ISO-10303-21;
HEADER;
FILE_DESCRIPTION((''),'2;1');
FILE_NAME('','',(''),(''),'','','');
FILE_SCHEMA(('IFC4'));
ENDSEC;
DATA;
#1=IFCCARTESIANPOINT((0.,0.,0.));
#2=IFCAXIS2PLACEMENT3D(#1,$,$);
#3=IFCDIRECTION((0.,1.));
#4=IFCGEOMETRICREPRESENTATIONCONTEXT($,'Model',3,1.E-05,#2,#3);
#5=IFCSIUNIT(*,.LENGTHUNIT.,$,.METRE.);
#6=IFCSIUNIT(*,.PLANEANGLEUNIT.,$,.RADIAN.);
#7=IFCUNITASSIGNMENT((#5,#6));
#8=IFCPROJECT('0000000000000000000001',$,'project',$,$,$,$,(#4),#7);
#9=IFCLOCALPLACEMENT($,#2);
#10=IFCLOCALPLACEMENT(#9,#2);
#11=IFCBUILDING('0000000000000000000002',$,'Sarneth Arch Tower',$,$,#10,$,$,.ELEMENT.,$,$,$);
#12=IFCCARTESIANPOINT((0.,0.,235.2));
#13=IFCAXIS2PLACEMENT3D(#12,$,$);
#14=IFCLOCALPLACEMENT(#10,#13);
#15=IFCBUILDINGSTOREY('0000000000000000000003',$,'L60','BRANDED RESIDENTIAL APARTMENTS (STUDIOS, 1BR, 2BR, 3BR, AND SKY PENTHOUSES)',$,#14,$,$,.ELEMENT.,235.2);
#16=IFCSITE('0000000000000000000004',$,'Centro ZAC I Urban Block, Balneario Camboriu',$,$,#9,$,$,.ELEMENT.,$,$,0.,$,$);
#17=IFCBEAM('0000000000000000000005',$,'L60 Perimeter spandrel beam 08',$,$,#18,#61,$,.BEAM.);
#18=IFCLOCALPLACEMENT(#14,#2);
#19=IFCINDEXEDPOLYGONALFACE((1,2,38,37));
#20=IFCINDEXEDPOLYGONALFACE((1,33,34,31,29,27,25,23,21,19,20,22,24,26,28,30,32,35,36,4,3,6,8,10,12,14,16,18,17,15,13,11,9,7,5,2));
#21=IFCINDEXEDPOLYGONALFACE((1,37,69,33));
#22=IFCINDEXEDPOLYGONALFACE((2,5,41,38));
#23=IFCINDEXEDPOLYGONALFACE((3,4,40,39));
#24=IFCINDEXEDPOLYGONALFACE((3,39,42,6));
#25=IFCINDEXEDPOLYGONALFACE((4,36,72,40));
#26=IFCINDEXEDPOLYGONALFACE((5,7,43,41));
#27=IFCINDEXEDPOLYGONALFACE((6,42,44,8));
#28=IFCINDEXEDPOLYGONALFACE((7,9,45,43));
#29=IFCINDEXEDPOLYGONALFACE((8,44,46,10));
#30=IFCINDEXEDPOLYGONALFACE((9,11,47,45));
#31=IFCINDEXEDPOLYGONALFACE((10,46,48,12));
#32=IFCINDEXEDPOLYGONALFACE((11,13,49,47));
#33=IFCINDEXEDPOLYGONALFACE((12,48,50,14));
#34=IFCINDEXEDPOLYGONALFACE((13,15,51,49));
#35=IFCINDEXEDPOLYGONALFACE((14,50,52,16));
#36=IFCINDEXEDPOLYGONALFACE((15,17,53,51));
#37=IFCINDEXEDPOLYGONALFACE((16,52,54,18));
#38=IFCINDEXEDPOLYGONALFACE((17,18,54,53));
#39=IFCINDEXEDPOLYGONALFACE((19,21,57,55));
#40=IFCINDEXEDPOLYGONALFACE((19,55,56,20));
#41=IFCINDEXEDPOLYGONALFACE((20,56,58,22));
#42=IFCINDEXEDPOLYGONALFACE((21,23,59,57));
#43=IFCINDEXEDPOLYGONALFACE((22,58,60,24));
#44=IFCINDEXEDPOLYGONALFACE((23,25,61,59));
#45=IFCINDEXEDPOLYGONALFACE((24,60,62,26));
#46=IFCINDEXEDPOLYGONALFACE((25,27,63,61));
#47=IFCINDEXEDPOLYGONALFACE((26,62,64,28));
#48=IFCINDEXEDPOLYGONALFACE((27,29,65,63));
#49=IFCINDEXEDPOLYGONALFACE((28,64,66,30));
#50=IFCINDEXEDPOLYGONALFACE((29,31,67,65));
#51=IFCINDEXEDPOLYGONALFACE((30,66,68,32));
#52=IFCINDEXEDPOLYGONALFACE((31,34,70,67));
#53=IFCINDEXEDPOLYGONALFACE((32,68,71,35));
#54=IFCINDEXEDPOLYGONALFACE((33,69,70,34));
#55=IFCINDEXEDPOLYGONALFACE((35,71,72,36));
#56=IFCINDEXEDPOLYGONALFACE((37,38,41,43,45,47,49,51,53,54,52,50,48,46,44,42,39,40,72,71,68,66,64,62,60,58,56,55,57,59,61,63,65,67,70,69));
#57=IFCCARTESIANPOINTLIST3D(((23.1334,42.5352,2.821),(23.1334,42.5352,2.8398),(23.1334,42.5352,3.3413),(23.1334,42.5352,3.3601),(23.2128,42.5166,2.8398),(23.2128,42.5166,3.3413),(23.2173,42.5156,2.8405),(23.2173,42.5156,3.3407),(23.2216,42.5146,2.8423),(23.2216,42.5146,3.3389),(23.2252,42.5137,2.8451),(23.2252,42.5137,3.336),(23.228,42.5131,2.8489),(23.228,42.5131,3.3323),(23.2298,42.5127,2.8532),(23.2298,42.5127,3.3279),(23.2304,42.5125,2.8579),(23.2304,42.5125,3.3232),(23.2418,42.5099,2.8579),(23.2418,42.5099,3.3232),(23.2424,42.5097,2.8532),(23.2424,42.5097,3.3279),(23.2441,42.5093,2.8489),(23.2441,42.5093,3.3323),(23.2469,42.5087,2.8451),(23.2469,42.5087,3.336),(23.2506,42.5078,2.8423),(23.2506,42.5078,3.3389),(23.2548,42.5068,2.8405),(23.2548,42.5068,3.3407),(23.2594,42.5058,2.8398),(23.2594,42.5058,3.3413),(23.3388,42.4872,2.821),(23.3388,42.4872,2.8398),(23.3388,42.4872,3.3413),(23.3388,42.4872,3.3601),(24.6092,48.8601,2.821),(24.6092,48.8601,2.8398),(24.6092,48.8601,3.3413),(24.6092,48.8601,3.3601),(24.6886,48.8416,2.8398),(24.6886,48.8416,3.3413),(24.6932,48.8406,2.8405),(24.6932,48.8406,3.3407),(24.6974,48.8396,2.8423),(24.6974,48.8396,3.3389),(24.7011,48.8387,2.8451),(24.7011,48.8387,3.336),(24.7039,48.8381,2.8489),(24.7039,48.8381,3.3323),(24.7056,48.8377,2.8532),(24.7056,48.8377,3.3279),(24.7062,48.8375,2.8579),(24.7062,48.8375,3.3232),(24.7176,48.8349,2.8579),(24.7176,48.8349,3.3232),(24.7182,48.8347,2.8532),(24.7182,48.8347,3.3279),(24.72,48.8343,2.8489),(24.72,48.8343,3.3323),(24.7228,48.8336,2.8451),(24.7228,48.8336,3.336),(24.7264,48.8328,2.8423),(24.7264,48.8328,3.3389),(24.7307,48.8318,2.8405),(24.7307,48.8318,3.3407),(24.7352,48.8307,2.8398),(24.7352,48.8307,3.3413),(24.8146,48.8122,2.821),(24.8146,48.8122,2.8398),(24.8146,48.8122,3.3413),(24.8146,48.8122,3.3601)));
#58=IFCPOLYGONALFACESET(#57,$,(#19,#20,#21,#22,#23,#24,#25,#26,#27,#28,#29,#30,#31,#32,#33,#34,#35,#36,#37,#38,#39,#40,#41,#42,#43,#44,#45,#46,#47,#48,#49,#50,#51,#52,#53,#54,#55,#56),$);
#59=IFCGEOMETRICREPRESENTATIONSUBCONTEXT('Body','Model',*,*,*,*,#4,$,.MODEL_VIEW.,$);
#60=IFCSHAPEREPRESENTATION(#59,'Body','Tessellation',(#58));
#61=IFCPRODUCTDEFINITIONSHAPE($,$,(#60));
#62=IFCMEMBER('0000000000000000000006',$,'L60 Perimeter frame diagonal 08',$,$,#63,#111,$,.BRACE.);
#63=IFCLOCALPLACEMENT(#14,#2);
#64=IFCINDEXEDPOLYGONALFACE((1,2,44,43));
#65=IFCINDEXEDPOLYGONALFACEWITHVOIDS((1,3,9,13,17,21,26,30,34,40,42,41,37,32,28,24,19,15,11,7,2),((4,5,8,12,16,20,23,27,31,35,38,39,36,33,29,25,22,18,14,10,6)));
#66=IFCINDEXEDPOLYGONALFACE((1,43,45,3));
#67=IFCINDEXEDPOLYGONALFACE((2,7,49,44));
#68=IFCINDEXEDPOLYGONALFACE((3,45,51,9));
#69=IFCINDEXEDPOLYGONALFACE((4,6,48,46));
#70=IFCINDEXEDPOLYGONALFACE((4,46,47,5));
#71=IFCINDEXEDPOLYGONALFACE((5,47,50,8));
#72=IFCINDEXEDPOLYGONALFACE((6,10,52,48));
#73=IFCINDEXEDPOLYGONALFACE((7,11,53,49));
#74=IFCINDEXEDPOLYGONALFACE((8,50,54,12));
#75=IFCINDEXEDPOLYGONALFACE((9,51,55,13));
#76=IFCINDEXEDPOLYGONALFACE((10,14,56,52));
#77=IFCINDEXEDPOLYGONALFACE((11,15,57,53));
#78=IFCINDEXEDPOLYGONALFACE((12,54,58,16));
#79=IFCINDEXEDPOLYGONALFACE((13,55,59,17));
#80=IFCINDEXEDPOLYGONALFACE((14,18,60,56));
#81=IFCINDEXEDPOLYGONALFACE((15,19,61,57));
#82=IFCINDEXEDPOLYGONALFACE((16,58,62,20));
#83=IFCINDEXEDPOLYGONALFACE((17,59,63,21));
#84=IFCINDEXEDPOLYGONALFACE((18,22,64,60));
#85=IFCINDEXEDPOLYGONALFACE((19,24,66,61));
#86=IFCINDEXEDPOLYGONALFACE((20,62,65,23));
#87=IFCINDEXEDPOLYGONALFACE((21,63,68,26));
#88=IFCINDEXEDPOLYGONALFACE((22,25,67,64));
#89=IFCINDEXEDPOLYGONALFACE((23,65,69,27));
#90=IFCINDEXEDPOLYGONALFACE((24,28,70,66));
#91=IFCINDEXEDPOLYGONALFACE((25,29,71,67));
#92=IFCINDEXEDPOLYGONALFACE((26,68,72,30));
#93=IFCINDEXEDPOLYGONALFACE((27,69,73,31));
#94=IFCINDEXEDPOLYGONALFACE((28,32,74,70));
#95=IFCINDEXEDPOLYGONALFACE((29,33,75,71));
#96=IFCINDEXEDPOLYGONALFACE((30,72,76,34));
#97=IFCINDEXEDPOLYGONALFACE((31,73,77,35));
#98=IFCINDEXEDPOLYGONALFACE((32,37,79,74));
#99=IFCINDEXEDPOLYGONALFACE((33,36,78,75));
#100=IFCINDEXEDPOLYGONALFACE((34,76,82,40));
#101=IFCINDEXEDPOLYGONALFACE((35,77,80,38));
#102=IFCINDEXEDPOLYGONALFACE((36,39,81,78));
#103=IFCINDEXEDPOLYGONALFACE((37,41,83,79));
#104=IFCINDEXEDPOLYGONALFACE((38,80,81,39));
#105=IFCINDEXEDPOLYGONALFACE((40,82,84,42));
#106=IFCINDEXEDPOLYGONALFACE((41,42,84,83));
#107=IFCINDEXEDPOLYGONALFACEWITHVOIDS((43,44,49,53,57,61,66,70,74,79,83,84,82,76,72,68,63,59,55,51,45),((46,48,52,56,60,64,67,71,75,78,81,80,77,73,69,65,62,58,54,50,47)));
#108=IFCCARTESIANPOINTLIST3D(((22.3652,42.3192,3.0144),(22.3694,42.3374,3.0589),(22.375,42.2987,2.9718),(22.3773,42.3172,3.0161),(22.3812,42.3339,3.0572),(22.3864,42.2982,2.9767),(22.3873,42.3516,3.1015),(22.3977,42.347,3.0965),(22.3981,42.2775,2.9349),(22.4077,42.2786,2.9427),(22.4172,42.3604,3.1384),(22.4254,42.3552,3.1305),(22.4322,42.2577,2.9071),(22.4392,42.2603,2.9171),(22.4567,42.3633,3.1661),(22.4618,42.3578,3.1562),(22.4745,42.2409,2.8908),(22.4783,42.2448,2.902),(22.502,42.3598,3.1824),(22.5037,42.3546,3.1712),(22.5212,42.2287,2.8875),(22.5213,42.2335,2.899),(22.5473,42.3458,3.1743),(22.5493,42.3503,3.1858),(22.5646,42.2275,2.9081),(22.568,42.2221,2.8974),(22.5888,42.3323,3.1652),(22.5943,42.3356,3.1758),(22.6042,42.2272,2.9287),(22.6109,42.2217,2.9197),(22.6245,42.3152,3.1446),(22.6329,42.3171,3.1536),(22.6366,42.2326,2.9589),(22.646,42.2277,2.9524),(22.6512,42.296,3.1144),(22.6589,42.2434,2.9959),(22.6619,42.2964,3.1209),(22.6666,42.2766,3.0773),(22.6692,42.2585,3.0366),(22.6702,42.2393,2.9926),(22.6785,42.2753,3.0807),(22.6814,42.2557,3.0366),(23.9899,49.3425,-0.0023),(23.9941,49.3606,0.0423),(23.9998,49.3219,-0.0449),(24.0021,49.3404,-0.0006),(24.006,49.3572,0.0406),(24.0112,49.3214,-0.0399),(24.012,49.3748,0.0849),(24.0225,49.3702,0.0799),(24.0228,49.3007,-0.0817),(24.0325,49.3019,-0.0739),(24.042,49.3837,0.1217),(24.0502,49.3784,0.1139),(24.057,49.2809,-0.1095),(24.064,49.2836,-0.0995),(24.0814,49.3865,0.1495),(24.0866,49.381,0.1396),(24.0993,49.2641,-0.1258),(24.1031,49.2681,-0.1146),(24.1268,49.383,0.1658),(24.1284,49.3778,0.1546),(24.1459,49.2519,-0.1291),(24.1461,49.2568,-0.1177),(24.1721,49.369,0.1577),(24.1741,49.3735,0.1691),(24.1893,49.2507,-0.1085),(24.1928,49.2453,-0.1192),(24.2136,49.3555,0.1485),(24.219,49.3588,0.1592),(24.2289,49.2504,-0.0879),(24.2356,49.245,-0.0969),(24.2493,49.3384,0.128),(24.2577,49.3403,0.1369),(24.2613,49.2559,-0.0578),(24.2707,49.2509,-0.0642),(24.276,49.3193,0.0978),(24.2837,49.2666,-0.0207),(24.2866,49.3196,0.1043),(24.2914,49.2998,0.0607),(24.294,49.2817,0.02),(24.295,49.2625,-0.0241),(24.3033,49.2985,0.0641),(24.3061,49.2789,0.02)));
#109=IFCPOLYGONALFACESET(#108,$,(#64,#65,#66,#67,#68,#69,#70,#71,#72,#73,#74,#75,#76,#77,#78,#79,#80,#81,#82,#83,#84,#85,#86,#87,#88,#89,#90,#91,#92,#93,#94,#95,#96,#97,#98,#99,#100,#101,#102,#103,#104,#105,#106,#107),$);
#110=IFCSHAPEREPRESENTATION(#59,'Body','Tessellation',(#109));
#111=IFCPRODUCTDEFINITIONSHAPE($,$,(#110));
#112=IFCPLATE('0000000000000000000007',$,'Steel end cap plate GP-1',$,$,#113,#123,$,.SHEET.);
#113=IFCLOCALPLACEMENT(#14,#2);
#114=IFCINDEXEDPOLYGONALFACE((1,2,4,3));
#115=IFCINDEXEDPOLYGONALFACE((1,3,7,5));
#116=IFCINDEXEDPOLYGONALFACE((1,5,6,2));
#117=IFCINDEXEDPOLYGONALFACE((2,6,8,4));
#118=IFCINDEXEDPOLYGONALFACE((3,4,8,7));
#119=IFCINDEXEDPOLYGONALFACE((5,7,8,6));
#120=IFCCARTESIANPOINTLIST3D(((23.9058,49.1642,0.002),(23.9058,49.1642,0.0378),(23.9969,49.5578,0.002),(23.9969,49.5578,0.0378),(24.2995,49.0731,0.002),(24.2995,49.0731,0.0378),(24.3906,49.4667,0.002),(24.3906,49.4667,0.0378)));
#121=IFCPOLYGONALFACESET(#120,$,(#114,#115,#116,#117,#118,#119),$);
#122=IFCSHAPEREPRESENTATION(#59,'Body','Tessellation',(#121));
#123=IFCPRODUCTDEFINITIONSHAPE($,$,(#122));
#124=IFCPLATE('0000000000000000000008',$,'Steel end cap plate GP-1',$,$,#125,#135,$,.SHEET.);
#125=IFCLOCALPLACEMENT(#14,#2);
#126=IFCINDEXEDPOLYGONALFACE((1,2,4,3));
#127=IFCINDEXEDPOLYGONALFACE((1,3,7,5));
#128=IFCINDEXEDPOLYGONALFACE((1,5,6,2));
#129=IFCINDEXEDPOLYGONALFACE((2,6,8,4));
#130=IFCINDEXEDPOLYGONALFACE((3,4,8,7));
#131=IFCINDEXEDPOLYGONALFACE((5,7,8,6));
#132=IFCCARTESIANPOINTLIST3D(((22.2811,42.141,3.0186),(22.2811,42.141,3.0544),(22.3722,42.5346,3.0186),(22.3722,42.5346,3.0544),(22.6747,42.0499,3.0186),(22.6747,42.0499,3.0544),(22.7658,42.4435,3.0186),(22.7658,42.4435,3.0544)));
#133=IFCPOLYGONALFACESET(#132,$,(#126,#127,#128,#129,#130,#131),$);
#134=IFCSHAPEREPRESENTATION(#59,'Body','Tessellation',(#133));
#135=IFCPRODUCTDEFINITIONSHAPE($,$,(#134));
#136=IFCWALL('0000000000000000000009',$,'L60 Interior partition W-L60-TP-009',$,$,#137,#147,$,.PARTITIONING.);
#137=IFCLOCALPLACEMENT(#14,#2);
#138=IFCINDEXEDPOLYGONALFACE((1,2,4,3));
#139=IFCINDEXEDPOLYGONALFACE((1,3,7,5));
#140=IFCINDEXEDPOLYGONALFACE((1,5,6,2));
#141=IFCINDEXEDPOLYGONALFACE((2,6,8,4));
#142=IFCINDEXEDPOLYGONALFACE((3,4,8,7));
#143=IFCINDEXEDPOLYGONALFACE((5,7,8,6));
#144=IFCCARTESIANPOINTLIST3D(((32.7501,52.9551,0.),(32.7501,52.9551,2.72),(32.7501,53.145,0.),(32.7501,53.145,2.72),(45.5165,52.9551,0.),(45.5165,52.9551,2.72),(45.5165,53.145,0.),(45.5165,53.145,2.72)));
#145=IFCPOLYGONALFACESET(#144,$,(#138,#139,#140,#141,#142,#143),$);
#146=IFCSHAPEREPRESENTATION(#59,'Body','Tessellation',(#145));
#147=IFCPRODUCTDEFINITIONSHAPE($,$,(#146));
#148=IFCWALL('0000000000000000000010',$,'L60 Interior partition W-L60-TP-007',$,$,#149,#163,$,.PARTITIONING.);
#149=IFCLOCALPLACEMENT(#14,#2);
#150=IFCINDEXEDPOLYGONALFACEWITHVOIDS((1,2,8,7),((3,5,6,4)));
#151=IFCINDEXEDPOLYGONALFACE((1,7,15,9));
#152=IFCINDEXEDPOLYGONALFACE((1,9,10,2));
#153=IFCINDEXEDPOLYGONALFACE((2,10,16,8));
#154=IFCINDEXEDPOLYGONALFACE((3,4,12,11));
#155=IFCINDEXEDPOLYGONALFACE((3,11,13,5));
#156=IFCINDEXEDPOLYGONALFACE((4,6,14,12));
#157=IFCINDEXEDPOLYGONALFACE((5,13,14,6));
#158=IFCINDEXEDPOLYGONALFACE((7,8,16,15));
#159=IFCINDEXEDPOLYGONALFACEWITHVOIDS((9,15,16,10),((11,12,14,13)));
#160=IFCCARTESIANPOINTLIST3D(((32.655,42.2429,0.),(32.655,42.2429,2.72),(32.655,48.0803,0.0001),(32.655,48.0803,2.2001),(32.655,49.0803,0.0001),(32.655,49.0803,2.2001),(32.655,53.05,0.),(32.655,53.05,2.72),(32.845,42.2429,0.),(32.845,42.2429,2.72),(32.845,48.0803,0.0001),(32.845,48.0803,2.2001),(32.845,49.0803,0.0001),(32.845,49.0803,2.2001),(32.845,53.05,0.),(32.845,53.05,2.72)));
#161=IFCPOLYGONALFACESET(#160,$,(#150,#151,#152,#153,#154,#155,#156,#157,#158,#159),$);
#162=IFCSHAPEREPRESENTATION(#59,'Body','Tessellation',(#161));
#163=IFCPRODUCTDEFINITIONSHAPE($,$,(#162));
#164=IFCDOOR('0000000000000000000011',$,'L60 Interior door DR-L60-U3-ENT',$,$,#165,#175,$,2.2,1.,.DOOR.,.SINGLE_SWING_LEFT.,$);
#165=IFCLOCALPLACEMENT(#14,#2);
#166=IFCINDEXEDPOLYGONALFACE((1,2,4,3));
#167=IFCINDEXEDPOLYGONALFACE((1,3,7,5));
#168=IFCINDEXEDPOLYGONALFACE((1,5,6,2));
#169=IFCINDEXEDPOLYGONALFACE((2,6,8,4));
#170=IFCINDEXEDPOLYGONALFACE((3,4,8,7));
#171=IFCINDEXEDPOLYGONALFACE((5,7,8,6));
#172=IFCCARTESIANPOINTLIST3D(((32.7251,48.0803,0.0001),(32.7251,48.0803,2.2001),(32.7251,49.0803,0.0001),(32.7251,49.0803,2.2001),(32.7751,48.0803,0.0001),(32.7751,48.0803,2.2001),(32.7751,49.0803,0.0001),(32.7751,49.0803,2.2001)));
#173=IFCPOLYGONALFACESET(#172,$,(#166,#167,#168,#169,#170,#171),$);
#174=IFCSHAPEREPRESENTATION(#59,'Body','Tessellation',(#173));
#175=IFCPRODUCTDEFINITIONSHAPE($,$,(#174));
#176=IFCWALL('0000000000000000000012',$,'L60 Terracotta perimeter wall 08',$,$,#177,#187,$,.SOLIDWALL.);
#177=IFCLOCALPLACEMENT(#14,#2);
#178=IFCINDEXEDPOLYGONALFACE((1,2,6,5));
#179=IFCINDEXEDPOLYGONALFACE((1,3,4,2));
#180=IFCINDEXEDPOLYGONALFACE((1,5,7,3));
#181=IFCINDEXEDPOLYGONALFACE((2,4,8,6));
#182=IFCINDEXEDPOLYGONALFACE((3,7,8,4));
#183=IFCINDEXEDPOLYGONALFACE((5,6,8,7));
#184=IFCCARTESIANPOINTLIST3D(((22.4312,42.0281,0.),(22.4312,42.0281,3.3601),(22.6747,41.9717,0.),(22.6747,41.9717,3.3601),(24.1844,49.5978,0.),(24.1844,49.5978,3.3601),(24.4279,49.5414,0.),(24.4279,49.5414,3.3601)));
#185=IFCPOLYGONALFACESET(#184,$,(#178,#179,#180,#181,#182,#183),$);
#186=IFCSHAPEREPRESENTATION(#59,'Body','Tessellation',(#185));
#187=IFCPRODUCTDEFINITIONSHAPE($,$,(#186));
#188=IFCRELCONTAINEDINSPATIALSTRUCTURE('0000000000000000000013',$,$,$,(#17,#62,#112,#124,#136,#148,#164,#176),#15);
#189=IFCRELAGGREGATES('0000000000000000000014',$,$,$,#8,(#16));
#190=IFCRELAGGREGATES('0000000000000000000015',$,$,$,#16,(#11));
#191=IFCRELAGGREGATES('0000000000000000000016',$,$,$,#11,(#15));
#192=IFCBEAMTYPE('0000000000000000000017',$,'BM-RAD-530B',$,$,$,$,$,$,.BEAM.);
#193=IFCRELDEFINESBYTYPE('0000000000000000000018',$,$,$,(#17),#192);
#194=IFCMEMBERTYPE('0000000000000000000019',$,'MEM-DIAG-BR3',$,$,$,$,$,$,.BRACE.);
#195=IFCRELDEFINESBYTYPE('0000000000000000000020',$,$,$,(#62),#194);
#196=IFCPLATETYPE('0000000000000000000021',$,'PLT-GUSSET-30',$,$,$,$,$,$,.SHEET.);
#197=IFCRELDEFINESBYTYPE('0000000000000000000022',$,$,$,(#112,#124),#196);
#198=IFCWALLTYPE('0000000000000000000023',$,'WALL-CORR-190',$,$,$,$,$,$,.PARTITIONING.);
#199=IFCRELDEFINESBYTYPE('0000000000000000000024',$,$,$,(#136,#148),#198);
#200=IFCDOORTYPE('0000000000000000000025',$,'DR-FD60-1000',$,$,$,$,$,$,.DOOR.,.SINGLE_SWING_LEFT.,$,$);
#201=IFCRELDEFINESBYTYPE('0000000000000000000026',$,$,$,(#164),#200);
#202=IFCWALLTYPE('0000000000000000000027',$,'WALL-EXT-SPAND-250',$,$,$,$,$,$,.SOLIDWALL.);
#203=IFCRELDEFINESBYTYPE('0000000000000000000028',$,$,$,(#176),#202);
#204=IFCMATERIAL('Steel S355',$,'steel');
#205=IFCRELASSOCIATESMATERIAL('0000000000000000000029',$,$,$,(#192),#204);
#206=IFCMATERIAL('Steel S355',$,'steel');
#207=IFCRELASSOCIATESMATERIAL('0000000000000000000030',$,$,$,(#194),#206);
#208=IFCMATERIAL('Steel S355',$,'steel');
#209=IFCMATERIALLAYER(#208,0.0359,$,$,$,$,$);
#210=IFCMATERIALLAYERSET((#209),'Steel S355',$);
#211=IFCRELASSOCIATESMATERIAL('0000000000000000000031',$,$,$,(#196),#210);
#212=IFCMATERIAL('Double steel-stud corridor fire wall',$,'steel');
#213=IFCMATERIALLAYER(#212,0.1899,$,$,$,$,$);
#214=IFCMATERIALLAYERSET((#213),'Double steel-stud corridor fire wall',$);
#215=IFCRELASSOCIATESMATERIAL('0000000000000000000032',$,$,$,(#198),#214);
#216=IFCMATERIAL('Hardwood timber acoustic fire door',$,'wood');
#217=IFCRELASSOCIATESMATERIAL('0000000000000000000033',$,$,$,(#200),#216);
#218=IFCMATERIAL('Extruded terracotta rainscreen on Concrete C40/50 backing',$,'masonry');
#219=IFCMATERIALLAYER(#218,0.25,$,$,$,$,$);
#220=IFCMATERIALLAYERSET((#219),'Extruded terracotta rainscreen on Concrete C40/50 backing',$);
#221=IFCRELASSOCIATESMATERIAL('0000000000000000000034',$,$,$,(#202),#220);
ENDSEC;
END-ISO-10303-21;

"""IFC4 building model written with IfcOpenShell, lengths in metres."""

from ifc_helpers import new_model, si_unit, direction, frame, frame_2d, origin, origin_2d, place, context, subcontext, project, spatial, rectangle, hollow_circle, i_section, extrude, material, layer, layer_set, material_profile, profile_set, type_object, element, fill, save


model = new_model("IFC4")

# Units and contexts
model_context = context("Model", 3, precision=1e-05, world=origin(), true_north=direction((0.0, 1.0)))
body_context = subcontext(model_context, "Body", "Model", "MODEL_VIEW")
ifc_project = project(units=[si_unit("LENGTHUNIT", "METRE"), si_unit("PLANEANGLEUNIT", "RADIAN")], contexts=[model_context])

# Site, building, storey
site_placement = place(None, origin())
site = spatial("IfcSite", under=ifc_project, at=site_placement, Name="Centro ZAC I Urban Block, Balneario Camboriu", CompositionType="ELEMENT", RefElevation=0.0)
building_placement = place(site_placement, origin())
building = spatial("IfcBuilding", under=site, at=building_placement, Name="Sarneth Arch Tower", CompositionType="ELEMENT")
storey_placement = place(building_placement, frame((0.0, 0.0, 235.2)))
storey = spatial("IfcBuildingStorey", under=building, at=storey_placement, Name="L60", Description="BRANDED RESIDENTIAL APARTMENTS (STUDIOS, 1BR, 2BR, 3BR, AND SKY PENTHOUSES)", CompositionType="ELEMENT", Elevation=235.2)

# Beam
ifc_material_1 = material(Name="Steel S355", Category="steel")
ifc_material_profile_1 = material_profile(ifc_material_1, i_section(OverallWidth=0.2109, OverallDepth=0.5391, WebThickness=0.0117, FlangeThickness=0.0188, FilletRadius=0.0181, at=origin_2d()), Name="W530x109")
ifc_profile_set_1 = profile_set([ifc_material_profile_1], Name="Steel S355")
beam_type_1 = type_object("IfcBeamType", Name="BM-RAD-530B", PredefinedType="BEAM", material=ifc_profile_set_1)
beam_1_placement = place(storey_placement, frame((24.7119, 48.8362, 3.0906), z_axis=(-0.227231, -0.973841, 0.0), x_axis=(0.973841, -0.227231, 0.0)))
element("IfcBeam", 1, at=beam_1_placement, inside=storey, type_object=beam_type_1, Name="L60 Perimeter spandrel beam 08", PredefinedType="BEAM", context=body_context, shape_type="SweptSolid", body=[
    extrude(i_section(OverallWidth=0.2109, OverallDepth=0.5391, WebThickness=0.0117, FlangeThickness=0.0188, FilletRadius=0.0181, at=origin_2d()), origin(), (0.0, 0.0, 1.0), 6.4949),
])

# Member
ifc_material_2 = material(Name="Steel S355", Category="steel")
ifc_material_profile_2 = material_profile(ifc_material_2, hollow_circle(Radius=0.1621, WallThickness=0.0125, at=origin_2d()), Name="CHS324x12.5")
ifc_profile_set_2 = profile_set([ifc_material_profile_2], Name="Steel S355")
member_type = type_object("IfcMemberType", Name="MEM-DIAG-BR3", PredefinedType="BRACE", material=ifc_profile_set_2)
member_placement = place(storey_placement, frame((24.1482, 49.3154, 0.02), z_axis=(-0.207918, -0.898749, 0.386031), x_axis=(0.974269, -0.225389, 0.0)))
element("IfcMember", 2, at=member_placement, inside=storey, type_object=member_type, Name="L60 Perimeter frame diagonal 08", PredefinedType="BRACE", context=body_context, shape_type="SweptSolid", body=[
    extrude(hollow_circle(Radius=0.1621, WallThickness=0.0125, at=origin_2d()), origin(), (0.0, 0.0, 1.0), 7.8145),
])

# Plates
ifc_material_3 = material(Name="Steel S355", Category="steel")
ifc_layer_1 = layer(ifc_material_3, 0.0359)
ifc_layer_set_1 = layer_set([ifc_layer_1], Name="Steel S355")
plate_type = type_object("IfcPlateType", Name="PLT-GUSSET-30", PredefinedType="SHEET", material=ifc_layer_set_1)
for number, where, z_axis, x_axis, name in (
    (3, (24.1482, 49.3154, 0.002), (0.0, 0.0, 1.0), (-0.225461, -0.974252, 0.0), "Steel end cap plate GP-1"),
    (4, (22.5234, 42.2922, 3.0186), (0.0, 0.0, 1.0), (-0.225461, -0.974252, 0.0), "Steel end cap plate GP-1"),
):
    element("IfcPlate", number, at=place(storey_placement, frame(where, z_axis=z_axis, x_axis=x_axis)), inside=storey, type_object=plate_type, Name=name, PredefinedType="SHEET", context=body_context, shape_type="SweptSolid", body=[
        extrude(rectangle(XDim=0.4041, YDim=0.4041, at=origin_2d()), origin(), (0.0, 0.0, 1.0), 0.0359),
    ])

# Wall
ifc_material_4 = material(Name="Double steel-stud corridor fire wall", Category="steel")
ifc_layer_2 = layer(ifc_material_4, 0.1899)
ifc_layer_set_2 = layer_set([ifc_layer_2], Name="Double steel-stud corridor fire wall")
wall_type_1 = type_object("IfcWallType", Name="WALL-CORR-190", PredefinedType="PARTITIONING", material=ifc_layer_set_2)
wall_1_placement = place(storey_placement, frame((32.75, 53.05, 0.0), z_axis=(0.0, 0.0, 1.0), x_axis=(1.0, 0.0, 0.0)))
element("IfcWall", 5, at=wall_1_placement, inside=storey, type_object=wall_type_1, Name="L60 Interior partition W-L60-TP-009", PredefinedType="PARTITIONING", context=body_context, shape_type="SweptSolid", body=[
    extrude(rectangle(XDim=12.7664, YDim=0.1899, at=frame_2d((6.3833, 0.0))), origin(), (0.0, 0.0, 1.0), 2.72),
])

# Wall, opening, door
wall_2_placement = place(storey_placement, frame((32.75, 42.2429, 0.0), z_axis=(0.0, 0.0, 1.0), x_axis=(0.0, 1.0, 0.0)))
wall_2 = element("IfcWall", 6, at=wall_2_placement, inside=storey, type_object=wall_type_1, Name="L60 Interior partition W-L60-TP-007", PredefinedType="PARTITIONING", context=body_context, shape_type="SweptSolid", body=[
    extrude(rectangle(XDim=10.8071, YDim=0.1899, at=frame_2d((5.4036, 0.0))), origin(), (0.0, 0.0, 1.0), 2.72),
])
opening_1_placement = place(wall_2_placement, frame((5.8374, 0.0, 0.0)))
opening_1 = element("IfcOpeningElement", 7, at=opening_1_placement, cuts=wall_2, PredefinedType="OPENING", context=body_context, shape_type="SweptSolid", body=[
    extrude(rectangle(XDim=1.0, YDim=2.2, at=frame_2d((0.5, 1.1001))), frame((0.0, 0.105, 0.0), z_axis=(0.0, -1.0, 0.0), x_axis=(1.0, 0.0, 0.0)), (0.0, 0.0, 1.0), 0.21),
])
ifc_material_5 = material(Name="Hardwood timber acoustic fire door", Category="wood")
door_type_1 = type_object("IfcDoorType", Name="DR-FD60-1000", OperationType="SINGLE_SWING_LEFT", PredefinedType="DOOR", material=ifc_material_5)
door_1_placement = place(opening_1_placement, origin())
door_1 = element("IfcDoor", 8, at=door_1_placement, inside=storey, type_object=door_type_1, Name="L60 Interior door DR-L60-U3-ENT", OperationType="SINGLE_SWING_LEFT", OverallHeight=2.2, OverallWidth=1.0, PredefinedType="DOOR", context=body_context, shape_type="SweptSolid", body=[
    extrude(rectangle(XDim=1.0, YDim=2.2, at=frame_2d((0.5, 1.1001))), frame((0.0, 0.0249, 0.0), z_axis=(0.0, -1.0, 0.0), x_axis=(1.0, 0.0, 0.0)), (0.0, 0.0, 1.0), 0.05),
])
fill(opening_1, door_1)

# Wall
ifc_material_6 = material(Name="Extruded terracotta rainscreen on Concrete C40/50 backing", Category="masonry")
ifc_layer_3 = layer(ifc_material_6, 0.25)
ifc_layer_set_3 = layer_set([ifc_layer_3], Name="Extruded terracotta rainscreen on Concrete C40/50 backing")
wall_type_2 = type_object("IfcWallType", Name="WALL-EXT-SPAND-250", PredefinedType="SOLIDWALL", material=ifc_layer_set_3)
wall_3_placement = place(storey_placement, frame((24.3062, 49.5696, 0.0), z_axis=(0.0, 0.0, 1.0), x_axis=(-0.225635, -0.974212, 0.0)))
element("IfcWall", 9, at=wall_3_placement, inside=storey, type_object=wall_type_2, Name="L60 Terracotta perimeter wall 08", PredefinedType="SOLIDWALL", context=body_context, shape_type="SweptSolid", body=[
    extrude(rectangle(XDim=7.77, YDim=0.25, at=frame_2d((3.885, 0.0))), origin(), (0.0, 0.0, 1.0), 3.3601),
])

save(model, "model.ifc")
